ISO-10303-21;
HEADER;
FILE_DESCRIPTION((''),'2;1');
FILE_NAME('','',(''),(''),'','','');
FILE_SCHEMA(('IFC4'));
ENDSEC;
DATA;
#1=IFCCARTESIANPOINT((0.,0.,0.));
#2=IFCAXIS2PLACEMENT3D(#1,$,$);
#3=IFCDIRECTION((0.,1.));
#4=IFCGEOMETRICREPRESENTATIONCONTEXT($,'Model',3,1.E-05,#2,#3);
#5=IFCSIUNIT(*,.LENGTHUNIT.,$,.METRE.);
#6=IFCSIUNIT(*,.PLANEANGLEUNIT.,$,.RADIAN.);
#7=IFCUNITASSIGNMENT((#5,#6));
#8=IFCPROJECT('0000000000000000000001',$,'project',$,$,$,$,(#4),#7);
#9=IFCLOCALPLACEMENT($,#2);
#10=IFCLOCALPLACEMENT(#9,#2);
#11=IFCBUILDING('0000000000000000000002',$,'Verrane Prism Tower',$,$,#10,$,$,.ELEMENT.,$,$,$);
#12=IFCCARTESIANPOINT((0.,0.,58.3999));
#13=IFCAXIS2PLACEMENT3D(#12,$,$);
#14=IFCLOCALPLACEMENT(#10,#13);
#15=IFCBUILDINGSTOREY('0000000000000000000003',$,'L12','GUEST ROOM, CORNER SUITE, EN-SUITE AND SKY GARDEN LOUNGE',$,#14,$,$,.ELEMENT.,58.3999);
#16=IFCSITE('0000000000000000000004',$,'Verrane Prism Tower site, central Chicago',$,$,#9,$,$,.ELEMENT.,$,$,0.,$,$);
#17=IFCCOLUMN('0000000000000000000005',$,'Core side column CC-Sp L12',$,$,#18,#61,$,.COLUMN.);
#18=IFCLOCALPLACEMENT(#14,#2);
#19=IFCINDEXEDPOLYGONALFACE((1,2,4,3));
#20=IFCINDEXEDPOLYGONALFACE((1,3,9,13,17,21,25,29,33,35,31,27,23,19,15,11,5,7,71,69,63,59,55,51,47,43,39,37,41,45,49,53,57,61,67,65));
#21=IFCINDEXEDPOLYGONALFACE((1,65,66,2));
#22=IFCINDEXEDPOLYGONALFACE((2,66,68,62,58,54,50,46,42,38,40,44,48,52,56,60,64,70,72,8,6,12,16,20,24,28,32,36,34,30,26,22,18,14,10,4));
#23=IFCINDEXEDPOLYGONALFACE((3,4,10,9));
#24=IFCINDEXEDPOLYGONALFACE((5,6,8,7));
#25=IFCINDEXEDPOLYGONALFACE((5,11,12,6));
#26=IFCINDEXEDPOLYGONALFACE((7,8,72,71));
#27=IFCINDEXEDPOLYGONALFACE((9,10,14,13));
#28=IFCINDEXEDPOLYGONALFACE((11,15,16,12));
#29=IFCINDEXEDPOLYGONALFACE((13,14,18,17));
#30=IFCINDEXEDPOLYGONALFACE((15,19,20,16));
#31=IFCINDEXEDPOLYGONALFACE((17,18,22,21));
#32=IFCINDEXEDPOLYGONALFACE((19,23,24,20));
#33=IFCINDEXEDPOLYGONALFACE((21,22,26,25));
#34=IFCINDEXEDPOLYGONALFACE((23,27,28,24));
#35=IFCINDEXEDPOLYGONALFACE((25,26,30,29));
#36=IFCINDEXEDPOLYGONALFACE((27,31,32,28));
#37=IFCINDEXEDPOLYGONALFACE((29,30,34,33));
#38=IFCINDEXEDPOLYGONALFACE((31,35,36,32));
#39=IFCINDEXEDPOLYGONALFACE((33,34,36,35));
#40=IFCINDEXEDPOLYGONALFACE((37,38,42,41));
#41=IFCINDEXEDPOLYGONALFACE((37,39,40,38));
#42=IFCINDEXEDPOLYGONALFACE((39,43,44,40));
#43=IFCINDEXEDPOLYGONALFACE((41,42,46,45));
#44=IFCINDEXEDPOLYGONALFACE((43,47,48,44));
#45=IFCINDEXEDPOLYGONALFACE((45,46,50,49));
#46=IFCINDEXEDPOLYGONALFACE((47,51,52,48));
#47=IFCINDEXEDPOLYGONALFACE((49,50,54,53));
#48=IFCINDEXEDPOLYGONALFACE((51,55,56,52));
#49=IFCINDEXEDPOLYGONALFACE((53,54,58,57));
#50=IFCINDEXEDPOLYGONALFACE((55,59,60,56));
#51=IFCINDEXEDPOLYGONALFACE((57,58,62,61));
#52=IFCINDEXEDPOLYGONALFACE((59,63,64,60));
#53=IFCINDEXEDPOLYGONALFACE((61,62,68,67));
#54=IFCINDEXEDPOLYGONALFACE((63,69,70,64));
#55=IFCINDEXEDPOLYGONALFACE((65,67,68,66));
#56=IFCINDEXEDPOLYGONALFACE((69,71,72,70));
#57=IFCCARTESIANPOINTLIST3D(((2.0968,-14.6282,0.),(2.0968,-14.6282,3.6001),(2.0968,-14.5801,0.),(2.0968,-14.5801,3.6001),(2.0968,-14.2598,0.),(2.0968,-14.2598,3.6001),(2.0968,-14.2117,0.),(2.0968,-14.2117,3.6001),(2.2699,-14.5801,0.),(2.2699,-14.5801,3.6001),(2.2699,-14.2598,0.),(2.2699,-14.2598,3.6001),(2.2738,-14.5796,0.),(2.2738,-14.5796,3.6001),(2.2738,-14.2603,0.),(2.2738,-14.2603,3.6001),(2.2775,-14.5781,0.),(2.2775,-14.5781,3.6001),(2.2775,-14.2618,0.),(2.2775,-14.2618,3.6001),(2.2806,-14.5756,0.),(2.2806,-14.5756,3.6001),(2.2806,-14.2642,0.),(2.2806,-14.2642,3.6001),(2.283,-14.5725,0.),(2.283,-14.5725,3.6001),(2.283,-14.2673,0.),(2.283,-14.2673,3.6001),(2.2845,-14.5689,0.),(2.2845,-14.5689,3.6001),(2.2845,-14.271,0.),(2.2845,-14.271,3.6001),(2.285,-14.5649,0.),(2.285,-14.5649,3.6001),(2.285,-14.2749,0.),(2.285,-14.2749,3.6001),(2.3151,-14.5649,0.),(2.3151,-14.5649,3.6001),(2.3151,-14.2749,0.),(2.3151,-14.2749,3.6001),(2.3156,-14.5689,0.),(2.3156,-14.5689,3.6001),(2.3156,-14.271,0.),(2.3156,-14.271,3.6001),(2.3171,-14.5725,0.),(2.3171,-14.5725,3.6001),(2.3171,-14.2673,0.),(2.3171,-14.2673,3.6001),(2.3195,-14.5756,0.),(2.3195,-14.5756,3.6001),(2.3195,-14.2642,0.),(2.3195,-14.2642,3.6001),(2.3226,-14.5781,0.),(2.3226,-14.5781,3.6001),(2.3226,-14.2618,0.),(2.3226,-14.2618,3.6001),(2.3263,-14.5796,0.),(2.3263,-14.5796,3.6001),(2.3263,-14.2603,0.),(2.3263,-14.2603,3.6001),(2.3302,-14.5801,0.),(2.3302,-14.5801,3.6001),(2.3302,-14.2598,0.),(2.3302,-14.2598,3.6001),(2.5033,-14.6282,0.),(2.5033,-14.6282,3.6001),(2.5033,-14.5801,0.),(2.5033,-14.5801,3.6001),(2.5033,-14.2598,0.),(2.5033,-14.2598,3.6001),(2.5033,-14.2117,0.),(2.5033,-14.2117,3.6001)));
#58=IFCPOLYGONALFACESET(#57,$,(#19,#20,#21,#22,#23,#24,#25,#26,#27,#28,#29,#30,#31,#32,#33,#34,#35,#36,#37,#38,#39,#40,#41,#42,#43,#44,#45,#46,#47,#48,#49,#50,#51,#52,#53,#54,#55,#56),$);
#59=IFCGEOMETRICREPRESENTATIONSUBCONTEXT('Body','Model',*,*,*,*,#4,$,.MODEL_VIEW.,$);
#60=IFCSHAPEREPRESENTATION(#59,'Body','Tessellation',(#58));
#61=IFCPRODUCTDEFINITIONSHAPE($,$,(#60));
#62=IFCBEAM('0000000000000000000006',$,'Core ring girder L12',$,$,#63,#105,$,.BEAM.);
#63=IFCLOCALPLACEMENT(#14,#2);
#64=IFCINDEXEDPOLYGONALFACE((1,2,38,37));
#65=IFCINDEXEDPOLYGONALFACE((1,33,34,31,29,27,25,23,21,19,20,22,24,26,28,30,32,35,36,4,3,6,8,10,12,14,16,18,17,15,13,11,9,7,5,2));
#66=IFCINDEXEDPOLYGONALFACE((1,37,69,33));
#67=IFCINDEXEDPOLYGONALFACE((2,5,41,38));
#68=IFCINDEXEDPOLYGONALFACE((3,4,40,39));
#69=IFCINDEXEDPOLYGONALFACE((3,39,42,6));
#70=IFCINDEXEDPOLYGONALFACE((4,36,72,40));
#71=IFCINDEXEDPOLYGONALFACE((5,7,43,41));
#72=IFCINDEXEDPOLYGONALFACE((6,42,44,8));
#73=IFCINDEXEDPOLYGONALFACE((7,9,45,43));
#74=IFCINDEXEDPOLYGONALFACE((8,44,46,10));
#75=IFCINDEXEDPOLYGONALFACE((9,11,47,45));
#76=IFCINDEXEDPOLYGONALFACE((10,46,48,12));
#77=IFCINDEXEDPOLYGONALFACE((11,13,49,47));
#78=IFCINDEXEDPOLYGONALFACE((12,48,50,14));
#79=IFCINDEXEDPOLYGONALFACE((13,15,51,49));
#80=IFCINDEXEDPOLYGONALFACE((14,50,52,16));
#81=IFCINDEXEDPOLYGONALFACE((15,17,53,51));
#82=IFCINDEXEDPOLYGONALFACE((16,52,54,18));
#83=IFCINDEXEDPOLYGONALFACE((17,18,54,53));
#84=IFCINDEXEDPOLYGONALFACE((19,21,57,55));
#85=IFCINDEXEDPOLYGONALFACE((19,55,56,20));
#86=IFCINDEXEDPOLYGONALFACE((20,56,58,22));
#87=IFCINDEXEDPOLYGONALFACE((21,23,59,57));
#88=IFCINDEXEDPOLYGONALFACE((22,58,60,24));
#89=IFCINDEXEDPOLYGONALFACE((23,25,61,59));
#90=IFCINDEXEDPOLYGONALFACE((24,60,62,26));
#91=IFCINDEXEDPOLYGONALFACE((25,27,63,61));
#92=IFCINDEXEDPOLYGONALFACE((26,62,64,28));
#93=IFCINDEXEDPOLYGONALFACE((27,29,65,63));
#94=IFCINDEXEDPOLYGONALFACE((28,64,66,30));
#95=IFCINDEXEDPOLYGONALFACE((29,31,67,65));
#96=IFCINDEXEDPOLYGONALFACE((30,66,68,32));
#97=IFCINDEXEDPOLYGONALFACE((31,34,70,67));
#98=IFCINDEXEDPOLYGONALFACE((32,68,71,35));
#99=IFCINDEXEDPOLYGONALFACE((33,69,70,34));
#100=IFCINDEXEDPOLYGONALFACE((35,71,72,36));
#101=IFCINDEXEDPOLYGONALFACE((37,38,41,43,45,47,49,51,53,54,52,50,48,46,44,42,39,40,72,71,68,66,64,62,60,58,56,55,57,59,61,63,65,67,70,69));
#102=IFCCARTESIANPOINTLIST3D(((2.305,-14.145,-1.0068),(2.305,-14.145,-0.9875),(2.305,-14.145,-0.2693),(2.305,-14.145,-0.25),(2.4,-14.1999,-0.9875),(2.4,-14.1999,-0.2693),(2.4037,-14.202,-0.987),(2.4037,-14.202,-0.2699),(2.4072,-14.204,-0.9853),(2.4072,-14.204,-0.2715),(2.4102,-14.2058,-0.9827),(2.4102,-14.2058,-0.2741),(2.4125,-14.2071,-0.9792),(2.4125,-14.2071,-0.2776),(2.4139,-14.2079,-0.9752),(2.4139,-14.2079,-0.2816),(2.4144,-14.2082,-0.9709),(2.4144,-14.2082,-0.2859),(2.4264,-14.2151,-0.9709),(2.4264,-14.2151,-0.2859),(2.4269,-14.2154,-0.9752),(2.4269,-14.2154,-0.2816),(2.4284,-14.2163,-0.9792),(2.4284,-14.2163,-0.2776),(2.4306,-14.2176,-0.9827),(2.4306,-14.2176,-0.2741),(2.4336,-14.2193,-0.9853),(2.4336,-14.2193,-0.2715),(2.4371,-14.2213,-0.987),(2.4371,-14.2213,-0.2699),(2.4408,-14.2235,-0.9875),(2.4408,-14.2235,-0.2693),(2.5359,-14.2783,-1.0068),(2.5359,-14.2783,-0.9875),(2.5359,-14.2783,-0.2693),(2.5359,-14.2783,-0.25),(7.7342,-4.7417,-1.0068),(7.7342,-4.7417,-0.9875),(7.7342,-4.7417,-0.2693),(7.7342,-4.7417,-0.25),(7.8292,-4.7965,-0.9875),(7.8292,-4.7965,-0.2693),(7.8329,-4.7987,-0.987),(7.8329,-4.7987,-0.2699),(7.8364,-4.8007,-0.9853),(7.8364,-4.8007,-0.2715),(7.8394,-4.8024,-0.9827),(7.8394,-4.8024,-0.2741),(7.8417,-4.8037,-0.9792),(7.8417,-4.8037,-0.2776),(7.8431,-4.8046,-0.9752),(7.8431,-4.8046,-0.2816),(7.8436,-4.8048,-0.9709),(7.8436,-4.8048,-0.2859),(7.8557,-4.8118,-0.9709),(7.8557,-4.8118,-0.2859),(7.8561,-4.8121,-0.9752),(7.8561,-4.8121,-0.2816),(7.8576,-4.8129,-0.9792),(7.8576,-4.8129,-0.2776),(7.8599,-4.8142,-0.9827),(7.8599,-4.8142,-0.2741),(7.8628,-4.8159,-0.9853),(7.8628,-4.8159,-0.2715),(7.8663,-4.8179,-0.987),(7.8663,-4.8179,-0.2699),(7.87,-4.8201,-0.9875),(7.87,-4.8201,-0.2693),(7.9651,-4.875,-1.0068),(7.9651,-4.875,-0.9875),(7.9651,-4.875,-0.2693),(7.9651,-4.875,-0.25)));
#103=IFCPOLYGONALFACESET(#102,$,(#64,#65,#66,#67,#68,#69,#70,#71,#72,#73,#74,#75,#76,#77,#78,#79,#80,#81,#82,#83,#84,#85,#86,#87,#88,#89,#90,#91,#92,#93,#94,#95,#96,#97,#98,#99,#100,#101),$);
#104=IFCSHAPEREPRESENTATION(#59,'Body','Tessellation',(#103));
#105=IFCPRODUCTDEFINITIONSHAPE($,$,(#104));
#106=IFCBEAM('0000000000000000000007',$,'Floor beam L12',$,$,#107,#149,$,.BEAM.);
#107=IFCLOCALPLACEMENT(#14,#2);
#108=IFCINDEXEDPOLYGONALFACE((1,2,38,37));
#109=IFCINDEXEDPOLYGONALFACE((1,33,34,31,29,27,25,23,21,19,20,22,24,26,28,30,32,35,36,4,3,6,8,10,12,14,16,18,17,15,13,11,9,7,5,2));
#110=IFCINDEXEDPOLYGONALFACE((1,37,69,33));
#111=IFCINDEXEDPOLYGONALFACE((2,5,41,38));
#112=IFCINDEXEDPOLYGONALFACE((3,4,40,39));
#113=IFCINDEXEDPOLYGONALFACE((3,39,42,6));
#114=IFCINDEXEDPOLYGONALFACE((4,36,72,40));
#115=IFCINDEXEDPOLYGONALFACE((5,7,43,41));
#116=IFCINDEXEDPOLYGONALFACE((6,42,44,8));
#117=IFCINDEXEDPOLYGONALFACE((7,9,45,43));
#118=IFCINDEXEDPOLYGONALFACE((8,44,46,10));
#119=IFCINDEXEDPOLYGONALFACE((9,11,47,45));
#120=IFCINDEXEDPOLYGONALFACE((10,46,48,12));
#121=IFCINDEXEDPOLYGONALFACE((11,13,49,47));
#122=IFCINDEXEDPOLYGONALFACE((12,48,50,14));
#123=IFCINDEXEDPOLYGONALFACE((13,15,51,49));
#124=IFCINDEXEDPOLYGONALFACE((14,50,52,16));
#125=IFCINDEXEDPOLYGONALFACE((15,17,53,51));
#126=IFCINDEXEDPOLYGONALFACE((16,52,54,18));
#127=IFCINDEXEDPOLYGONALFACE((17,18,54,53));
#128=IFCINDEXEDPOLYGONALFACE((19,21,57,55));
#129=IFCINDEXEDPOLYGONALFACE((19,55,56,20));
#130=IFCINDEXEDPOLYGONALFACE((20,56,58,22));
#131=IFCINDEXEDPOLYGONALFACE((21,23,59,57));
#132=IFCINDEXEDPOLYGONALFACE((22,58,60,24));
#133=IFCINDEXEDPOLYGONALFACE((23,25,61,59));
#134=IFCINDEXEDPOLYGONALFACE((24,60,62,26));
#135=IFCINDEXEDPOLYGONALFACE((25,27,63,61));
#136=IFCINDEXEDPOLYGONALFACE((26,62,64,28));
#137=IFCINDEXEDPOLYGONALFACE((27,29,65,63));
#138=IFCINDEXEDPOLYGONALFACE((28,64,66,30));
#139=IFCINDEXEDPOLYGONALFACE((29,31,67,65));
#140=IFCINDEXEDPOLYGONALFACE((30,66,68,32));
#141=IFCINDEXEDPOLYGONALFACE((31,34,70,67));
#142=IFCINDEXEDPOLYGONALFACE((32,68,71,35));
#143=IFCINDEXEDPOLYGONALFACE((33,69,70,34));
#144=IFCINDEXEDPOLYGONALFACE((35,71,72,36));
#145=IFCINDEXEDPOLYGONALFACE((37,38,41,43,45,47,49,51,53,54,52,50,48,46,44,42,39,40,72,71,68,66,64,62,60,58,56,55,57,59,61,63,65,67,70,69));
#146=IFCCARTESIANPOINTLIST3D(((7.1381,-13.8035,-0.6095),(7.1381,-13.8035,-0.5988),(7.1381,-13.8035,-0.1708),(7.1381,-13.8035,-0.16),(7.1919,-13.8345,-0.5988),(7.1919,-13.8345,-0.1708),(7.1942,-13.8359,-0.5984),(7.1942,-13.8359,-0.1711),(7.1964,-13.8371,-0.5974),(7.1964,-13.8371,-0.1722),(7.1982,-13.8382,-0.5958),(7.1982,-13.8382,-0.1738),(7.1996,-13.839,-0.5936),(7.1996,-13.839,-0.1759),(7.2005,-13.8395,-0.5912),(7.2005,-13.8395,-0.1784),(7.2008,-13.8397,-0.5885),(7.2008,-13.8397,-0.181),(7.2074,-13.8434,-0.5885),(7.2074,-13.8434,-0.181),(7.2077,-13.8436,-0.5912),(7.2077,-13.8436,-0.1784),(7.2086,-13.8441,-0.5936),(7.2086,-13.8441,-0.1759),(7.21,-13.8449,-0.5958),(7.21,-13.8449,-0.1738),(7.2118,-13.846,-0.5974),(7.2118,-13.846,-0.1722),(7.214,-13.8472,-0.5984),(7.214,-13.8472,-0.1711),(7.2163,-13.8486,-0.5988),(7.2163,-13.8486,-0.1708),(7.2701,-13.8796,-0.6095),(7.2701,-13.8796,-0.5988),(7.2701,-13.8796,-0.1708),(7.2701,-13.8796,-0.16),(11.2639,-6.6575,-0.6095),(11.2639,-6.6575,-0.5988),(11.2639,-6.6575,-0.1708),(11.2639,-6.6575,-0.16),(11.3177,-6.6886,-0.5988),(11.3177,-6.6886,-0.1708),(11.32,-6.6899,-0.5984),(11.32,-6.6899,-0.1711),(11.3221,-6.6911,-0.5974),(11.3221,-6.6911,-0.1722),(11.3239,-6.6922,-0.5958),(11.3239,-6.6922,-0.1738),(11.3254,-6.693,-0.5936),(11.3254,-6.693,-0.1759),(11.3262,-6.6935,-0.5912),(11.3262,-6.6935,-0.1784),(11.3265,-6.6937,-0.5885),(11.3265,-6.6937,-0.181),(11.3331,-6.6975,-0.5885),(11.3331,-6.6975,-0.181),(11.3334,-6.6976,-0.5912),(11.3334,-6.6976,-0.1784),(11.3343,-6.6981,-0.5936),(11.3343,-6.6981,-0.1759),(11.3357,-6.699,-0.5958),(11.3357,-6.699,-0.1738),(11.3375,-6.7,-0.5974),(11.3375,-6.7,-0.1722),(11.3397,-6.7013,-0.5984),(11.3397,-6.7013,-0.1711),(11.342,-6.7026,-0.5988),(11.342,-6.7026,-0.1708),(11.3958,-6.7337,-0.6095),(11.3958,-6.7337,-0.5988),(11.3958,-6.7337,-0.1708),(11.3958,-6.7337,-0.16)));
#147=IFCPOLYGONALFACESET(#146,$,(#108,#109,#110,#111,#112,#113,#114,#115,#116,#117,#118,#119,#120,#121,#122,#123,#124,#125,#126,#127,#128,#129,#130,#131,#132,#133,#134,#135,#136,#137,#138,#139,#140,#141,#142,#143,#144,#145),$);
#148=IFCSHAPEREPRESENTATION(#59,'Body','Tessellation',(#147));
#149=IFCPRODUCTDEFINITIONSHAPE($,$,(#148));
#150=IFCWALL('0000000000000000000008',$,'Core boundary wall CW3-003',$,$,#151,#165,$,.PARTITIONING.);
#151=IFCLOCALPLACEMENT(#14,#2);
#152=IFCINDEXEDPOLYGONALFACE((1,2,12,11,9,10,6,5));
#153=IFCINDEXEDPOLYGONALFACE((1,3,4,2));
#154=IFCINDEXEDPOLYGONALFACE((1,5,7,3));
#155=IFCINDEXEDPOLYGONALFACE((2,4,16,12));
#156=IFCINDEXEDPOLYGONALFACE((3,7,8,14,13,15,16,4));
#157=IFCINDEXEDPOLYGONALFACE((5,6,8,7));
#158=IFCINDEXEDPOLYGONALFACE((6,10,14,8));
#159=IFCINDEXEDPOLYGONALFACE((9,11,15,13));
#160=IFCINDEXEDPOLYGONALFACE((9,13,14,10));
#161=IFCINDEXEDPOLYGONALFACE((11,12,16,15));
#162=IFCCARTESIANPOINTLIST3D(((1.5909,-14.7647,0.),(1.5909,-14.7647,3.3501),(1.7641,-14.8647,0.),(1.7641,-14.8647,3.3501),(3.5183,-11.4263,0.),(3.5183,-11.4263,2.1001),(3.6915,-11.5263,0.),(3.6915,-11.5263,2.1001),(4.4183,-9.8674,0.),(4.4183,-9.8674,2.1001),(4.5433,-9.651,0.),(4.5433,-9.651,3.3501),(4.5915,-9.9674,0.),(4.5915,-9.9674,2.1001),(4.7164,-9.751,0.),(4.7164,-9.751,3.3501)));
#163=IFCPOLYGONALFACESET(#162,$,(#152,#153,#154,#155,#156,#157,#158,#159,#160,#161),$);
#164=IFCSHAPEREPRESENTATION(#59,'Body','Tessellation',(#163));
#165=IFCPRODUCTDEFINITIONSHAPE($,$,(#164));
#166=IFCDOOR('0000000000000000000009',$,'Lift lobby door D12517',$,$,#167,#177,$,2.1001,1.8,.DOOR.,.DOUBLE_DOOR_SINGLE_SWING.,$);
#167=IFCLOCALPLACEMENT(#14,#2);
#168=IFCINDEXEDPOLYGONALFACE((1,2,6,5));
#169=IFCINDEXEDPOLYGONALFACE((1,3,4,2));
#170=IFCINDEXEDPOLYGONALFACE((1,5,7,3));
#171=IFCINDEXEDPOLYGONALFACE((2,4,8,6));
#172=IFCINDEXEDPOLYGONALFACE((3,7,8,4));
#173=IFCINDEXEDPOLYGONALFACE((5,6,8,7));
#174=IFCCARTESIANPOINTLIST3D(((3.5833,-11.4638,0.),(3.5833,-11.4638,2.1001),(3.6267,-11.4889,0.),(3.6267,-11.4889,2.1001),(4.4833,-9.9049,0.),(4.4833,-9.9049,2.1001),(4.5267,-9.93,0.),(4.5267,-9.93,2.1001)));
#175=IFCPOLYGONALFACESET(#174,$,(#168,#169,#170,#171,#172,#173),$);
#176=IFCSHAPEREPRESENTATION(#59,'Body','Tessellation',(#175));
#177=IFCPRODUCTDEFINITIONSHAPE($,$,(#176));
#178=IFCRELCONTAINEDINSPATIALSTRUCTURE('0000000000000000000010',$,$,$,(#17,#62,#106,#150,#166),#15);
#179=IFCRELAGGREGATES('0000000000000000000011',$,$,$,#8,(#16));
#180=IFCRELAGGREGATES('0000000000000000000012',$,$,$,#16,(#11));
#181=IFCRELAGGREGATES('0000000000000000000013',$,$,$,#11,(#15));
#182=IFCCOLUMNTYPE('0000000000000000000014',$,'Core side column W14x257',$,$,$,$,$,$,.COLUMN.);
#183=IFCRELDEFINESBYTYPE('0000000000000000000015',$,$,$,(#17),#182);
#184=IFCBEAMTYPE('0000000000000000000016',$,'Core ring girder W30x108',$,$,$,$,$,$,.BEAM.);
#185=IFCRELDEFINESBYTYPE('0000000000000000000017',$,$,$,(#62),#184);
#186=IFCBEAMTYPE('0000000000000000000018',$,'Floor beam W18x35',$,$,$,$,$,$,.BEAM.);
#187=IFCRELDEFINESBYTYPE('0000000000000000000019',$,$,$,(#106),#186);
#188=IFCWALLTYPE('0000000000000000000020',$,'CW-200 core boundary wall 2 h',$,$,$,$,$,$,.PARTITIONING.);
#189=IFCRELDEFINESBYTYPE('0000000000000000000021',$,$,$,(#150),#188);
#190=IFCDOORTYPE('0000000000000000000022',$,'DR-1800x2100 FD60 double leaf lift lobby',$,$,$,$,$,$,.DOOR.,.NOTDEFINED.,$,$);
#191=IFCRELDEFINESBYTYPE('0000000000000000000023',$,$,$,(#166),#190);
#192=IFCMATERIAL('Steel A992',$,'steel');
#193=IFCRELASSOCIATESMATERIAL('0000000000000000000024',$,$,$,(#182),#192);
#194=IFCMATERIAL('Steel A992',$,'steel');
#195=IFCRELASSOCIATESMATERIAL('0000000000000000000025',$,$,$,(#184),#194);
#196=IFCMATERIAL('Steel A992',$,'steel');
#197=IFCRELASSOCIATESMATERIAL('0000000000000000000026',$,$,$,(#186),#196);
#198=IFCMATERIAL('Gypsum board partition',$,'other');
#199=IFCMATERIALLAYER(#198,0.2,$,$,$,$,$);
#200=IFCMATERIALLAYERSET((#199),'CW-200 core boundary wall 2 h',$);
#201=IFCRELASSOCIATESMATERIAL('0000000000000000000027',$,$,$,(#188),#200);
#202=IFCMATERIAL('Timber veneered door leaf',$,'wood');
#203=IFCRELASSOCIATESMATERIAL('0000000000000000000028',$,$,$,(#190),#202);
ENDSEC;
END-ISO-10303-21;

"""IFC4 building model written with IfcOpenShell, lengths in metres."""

from ifc_helpers import new_model, si_unit, direction, frame, frame_2d, origin, origin_2d, place, context, subcontext, project, spatial, rectangle, i_section, extrude, material, layer, layer_set, material_profile, profile_set, type_object, element, fill, save


model = new_model("IFC4")

# Units and contexts
model_context = context("Model", 3, precision=1e-05, world=origin(), true_north=direction((0.0, 1.0)))
body_context = subcontext(model_context, "Body", "Model", "MODEL_VIEW")
ifc_project = project(units=[si_unit("LENGTHUNIT", "METRE"), si_unit("PLANEANGLEUNIT", "RADIAN")], contexts=[model_context])

# Site, building, storey
site_placement = place(None, origin())
site = spatial("IfcSite", under=ifc_project, at=site_placement, Name="Verrane Prism Tower site, central Chicago", CompositionType="ELEMENT", RefElevation=0.0)
building_placement = place(site_placement, origin())
building = spatial("IfcBuilding", under=site, at=building_placement, Name="Verrane Prism Tower", CompositionType="ELEMENT")
storey_placement = place(building_placement, frame((0.0, 0.0, 58.3999)))
storey = spatial("IfcBuildingStorey", under=building, at=storey_placement, Name="L12", Description="GUEST ROOM, CORNER SUITE, EN-SUITE AND SKY GARDEN LOUNGE", CompositionType="ELEMENT", Elevation=58.3999)

# Column
ifc_material_1 = material(Name="Steel A992", Category="steel")
ifc_material_profile_1 = material_profile(ifc_material_1, i_section(OverallWidth=0.4065, OverallDepth=0.4165, WebThickness=0.03, FlangeThickness=0.0481, FilletRadius=0.0151, at=origin_2d()), Name="W14x257")
ifc_profile_set_1 = profile_set([ifc_material_profile_1], Name="Steel A992")
column_type = type_object("IfcColumnType", Name="Core side column W14x257", PredefinedType="COLUMN", material=ifc_profile_set_1)
column_placement = place(storey_placement, frame((2.3, -14.4199, 0.0), z_axis=(0.0, 0.0, 1.0), x_axis=(1.0, 0.0, 0.0)))
element("IfcColumn", 1, at=column_placement, inside=storey, type_object=column_type, Name="Core side column CC-Sp L12", PredefinedType="COLUMN", context=body_context, shape_type="SweptSolid", body=[
    extrude(i_section(OverallWidth=0.4065, OverallDepth=0.4165, WebThickness=0.03, FlangeThickness=0.0481, FilletRadius=0.0151, at=origin_2d()), origin(), (0.0, 0.0, 1.0), 3.6001),
])

# Beams
ifc_material_2 = material(Name="Steel A992", Category="steel")
ifc_material_profile_2 = material_profile(ifc_material_2, i_section(OverallWidth=0.2666, OverallDepth=0.7568, WebThickness=0.0139, FlangeThickness=0.0193, FilletRadius=0.0166, at=origin_2d()), Name="W30x108")
ifc_profile_set_2 = profile_set([ifc_material_profile_2], Name="Steel A992")
beam_type_1 = type_object("IfcBeamType", Name="Core ring girder W30x108", PredefinedType="BEAM", material=ifc_profile_set_2)
beam_1_placement = place(storey_placement, frame((2.4204, -14.2117, -0.6284), z_axis=(0.500013, 0.866018, 0.0), x_axis=(-0.866018, 0.500013, 0.0)))
element("IfcBeam", 2, at=beam_1_placement, inside=storey, type_object=beam_type_1, Name="Core ring girder L12", PredefinedType="BEAM", context=body_context, shape_type="SweptSolid", body=[
    extrude(i_section(OverallWidth=0.2666, OverallDepth=0.7568, WebThickness=0.0139, FlangeThickness=0.0193, FilletRadius=0.0166, at=origin_2d()), origin(), (0.0, 0.0, 1.0), 10.8582),
])
ifc_material_3 = material(Name="Steel A992", Category="steel")
ifc_material_profile_3 = material_profile(ifc_material_3, i_section(OverallWidth=0.1523, OverallDepth=0.4495, WebThickness=0.0076, FlangeThickness=0.0107, FilletRadius=0.0103, at=origin_2d()), Name="W18x35")
ifc_profile_set_3 = profile_set([ifc_material_profile_3], Name="Steel A992")
beam_type_2 = type_object("IfcBeamType", Name="Floor beam W18x35", PredefinedType="BEAM", material=ifc_profile_set_3)
beam_2_placement = place(storey_placement, frame((7.2041, -13.8416, -0.3848), z_axis=(0.499999, 0.866026, 0.0), x_axis=(-0.866026, 0.499999, 0.0)))
element("IfcBeam", 3, at=beam_2_placement, inside=storey, type_object=beam_type_2, Name="Floor beam L12", PredefinedType="BEAM", context=body_context, shape_type="SweptSolid", body=[
    extrude(i_section(OverallWidth=0.1523, OverallDepth=0.4495, WebThickness=0.0076, FlangeThickness=0.0107, FilletRadius=0.0103, at=origin_2d()), origin(), (0.0, 0.0, 1.0), 8.2515),
])

# Wall, opening, door
ifc_material_4 = material(Name="Gypsum board partition", Category="other")
ifc_layer_1 = layer(ifc_material_4, 0.2)
ifc_layer_set_1 = layer_set([ifc_layer_1], Name="CW-200 core boundary wall 2 h")
wall_type_1 = type_object("IfcWallType", Name="CW-200 core boundary wall 2 h", PredefinedType="PARTITIONING", material=ifc_layer_set_1)
wall_1_placement = place(storey_placement, frame((1.6775, -14.8147, 0.0), z_axis=(0.0, 0.0, 1.0), x_axis=(0.499994, 0.866029, 0.0)))
wall_1 = element("IfcWall", 4, at=wall_1_placement, inside=storey, type_object=wall_type_1, Name="Core boundary wall CW3-003", PredefinedType="PARTITIONING", context=body_context, shape_type="SweptSolid", body=[
    extrude(rectangle(XDim=5.9048, YDim=0.2, at=frame_2d((2.9524, 0.0))), origin(), (0.0, 0.0, 1.0), 3.3501),
])
opening_1_placement = place(wall_1_placement, frame((3.855, 0.0, 0.0)))
opening_1 = element("IfcOpeningElement", 5, at=opening_1_placement, cuts=wall_1, PredefinedType="OPENING", context=body_context, shape_type="SweptSolid", body=[
    extrude(rectangle(XDim=1.8, YDim=2.1001, at=frame_2d((0.8999, 1.05))), frame((0.0, 0.1099, 0.0), z_axis=(0.0, -1.0, 0.0), x_axis=(1.0, 0.0, 0.0)), (0.0, 0.0, 1.0), 0.22),
])
ifc_material_5 = material(Name="Timber veneered door leaf", Category="wood")
door_type_1 = type_object("IfcDoorType", Name="DR-1800x2100 FD60 double leaf lift lobby", OperationType="NOTDEFINED", PredefinedType="DOOR", material=ifc_material_5)
door_1_placement = place(opening_1_placement, origin())
door_1 = element("IfcDoor", 6, at=door_1_placement, inside=storey, type_object=door_type_1, Name="Lift lobby door D12517", OperationType="DOUBLE_DOOR_SINGLE_SWING", OverallHeight=2.1001, OverallWidth=1.8, PredefinedType="DOOR", context=body_context, shape_type="SweptSolid", body=[
    extrude(rectangle(XDim=1.8, YDim=2.1001, at=frame_2d((0.8999, 1.05))), frame((0.0, 0.0249, 0.0), z_axis=(0.0, -1.0, 0.0), x_axis=(1.0, 0.0, 0.0)), (0.0, 0.0, 1.0), 0.05),
])
fill(opening_1, door_1)

save(model, "model.ifc")
